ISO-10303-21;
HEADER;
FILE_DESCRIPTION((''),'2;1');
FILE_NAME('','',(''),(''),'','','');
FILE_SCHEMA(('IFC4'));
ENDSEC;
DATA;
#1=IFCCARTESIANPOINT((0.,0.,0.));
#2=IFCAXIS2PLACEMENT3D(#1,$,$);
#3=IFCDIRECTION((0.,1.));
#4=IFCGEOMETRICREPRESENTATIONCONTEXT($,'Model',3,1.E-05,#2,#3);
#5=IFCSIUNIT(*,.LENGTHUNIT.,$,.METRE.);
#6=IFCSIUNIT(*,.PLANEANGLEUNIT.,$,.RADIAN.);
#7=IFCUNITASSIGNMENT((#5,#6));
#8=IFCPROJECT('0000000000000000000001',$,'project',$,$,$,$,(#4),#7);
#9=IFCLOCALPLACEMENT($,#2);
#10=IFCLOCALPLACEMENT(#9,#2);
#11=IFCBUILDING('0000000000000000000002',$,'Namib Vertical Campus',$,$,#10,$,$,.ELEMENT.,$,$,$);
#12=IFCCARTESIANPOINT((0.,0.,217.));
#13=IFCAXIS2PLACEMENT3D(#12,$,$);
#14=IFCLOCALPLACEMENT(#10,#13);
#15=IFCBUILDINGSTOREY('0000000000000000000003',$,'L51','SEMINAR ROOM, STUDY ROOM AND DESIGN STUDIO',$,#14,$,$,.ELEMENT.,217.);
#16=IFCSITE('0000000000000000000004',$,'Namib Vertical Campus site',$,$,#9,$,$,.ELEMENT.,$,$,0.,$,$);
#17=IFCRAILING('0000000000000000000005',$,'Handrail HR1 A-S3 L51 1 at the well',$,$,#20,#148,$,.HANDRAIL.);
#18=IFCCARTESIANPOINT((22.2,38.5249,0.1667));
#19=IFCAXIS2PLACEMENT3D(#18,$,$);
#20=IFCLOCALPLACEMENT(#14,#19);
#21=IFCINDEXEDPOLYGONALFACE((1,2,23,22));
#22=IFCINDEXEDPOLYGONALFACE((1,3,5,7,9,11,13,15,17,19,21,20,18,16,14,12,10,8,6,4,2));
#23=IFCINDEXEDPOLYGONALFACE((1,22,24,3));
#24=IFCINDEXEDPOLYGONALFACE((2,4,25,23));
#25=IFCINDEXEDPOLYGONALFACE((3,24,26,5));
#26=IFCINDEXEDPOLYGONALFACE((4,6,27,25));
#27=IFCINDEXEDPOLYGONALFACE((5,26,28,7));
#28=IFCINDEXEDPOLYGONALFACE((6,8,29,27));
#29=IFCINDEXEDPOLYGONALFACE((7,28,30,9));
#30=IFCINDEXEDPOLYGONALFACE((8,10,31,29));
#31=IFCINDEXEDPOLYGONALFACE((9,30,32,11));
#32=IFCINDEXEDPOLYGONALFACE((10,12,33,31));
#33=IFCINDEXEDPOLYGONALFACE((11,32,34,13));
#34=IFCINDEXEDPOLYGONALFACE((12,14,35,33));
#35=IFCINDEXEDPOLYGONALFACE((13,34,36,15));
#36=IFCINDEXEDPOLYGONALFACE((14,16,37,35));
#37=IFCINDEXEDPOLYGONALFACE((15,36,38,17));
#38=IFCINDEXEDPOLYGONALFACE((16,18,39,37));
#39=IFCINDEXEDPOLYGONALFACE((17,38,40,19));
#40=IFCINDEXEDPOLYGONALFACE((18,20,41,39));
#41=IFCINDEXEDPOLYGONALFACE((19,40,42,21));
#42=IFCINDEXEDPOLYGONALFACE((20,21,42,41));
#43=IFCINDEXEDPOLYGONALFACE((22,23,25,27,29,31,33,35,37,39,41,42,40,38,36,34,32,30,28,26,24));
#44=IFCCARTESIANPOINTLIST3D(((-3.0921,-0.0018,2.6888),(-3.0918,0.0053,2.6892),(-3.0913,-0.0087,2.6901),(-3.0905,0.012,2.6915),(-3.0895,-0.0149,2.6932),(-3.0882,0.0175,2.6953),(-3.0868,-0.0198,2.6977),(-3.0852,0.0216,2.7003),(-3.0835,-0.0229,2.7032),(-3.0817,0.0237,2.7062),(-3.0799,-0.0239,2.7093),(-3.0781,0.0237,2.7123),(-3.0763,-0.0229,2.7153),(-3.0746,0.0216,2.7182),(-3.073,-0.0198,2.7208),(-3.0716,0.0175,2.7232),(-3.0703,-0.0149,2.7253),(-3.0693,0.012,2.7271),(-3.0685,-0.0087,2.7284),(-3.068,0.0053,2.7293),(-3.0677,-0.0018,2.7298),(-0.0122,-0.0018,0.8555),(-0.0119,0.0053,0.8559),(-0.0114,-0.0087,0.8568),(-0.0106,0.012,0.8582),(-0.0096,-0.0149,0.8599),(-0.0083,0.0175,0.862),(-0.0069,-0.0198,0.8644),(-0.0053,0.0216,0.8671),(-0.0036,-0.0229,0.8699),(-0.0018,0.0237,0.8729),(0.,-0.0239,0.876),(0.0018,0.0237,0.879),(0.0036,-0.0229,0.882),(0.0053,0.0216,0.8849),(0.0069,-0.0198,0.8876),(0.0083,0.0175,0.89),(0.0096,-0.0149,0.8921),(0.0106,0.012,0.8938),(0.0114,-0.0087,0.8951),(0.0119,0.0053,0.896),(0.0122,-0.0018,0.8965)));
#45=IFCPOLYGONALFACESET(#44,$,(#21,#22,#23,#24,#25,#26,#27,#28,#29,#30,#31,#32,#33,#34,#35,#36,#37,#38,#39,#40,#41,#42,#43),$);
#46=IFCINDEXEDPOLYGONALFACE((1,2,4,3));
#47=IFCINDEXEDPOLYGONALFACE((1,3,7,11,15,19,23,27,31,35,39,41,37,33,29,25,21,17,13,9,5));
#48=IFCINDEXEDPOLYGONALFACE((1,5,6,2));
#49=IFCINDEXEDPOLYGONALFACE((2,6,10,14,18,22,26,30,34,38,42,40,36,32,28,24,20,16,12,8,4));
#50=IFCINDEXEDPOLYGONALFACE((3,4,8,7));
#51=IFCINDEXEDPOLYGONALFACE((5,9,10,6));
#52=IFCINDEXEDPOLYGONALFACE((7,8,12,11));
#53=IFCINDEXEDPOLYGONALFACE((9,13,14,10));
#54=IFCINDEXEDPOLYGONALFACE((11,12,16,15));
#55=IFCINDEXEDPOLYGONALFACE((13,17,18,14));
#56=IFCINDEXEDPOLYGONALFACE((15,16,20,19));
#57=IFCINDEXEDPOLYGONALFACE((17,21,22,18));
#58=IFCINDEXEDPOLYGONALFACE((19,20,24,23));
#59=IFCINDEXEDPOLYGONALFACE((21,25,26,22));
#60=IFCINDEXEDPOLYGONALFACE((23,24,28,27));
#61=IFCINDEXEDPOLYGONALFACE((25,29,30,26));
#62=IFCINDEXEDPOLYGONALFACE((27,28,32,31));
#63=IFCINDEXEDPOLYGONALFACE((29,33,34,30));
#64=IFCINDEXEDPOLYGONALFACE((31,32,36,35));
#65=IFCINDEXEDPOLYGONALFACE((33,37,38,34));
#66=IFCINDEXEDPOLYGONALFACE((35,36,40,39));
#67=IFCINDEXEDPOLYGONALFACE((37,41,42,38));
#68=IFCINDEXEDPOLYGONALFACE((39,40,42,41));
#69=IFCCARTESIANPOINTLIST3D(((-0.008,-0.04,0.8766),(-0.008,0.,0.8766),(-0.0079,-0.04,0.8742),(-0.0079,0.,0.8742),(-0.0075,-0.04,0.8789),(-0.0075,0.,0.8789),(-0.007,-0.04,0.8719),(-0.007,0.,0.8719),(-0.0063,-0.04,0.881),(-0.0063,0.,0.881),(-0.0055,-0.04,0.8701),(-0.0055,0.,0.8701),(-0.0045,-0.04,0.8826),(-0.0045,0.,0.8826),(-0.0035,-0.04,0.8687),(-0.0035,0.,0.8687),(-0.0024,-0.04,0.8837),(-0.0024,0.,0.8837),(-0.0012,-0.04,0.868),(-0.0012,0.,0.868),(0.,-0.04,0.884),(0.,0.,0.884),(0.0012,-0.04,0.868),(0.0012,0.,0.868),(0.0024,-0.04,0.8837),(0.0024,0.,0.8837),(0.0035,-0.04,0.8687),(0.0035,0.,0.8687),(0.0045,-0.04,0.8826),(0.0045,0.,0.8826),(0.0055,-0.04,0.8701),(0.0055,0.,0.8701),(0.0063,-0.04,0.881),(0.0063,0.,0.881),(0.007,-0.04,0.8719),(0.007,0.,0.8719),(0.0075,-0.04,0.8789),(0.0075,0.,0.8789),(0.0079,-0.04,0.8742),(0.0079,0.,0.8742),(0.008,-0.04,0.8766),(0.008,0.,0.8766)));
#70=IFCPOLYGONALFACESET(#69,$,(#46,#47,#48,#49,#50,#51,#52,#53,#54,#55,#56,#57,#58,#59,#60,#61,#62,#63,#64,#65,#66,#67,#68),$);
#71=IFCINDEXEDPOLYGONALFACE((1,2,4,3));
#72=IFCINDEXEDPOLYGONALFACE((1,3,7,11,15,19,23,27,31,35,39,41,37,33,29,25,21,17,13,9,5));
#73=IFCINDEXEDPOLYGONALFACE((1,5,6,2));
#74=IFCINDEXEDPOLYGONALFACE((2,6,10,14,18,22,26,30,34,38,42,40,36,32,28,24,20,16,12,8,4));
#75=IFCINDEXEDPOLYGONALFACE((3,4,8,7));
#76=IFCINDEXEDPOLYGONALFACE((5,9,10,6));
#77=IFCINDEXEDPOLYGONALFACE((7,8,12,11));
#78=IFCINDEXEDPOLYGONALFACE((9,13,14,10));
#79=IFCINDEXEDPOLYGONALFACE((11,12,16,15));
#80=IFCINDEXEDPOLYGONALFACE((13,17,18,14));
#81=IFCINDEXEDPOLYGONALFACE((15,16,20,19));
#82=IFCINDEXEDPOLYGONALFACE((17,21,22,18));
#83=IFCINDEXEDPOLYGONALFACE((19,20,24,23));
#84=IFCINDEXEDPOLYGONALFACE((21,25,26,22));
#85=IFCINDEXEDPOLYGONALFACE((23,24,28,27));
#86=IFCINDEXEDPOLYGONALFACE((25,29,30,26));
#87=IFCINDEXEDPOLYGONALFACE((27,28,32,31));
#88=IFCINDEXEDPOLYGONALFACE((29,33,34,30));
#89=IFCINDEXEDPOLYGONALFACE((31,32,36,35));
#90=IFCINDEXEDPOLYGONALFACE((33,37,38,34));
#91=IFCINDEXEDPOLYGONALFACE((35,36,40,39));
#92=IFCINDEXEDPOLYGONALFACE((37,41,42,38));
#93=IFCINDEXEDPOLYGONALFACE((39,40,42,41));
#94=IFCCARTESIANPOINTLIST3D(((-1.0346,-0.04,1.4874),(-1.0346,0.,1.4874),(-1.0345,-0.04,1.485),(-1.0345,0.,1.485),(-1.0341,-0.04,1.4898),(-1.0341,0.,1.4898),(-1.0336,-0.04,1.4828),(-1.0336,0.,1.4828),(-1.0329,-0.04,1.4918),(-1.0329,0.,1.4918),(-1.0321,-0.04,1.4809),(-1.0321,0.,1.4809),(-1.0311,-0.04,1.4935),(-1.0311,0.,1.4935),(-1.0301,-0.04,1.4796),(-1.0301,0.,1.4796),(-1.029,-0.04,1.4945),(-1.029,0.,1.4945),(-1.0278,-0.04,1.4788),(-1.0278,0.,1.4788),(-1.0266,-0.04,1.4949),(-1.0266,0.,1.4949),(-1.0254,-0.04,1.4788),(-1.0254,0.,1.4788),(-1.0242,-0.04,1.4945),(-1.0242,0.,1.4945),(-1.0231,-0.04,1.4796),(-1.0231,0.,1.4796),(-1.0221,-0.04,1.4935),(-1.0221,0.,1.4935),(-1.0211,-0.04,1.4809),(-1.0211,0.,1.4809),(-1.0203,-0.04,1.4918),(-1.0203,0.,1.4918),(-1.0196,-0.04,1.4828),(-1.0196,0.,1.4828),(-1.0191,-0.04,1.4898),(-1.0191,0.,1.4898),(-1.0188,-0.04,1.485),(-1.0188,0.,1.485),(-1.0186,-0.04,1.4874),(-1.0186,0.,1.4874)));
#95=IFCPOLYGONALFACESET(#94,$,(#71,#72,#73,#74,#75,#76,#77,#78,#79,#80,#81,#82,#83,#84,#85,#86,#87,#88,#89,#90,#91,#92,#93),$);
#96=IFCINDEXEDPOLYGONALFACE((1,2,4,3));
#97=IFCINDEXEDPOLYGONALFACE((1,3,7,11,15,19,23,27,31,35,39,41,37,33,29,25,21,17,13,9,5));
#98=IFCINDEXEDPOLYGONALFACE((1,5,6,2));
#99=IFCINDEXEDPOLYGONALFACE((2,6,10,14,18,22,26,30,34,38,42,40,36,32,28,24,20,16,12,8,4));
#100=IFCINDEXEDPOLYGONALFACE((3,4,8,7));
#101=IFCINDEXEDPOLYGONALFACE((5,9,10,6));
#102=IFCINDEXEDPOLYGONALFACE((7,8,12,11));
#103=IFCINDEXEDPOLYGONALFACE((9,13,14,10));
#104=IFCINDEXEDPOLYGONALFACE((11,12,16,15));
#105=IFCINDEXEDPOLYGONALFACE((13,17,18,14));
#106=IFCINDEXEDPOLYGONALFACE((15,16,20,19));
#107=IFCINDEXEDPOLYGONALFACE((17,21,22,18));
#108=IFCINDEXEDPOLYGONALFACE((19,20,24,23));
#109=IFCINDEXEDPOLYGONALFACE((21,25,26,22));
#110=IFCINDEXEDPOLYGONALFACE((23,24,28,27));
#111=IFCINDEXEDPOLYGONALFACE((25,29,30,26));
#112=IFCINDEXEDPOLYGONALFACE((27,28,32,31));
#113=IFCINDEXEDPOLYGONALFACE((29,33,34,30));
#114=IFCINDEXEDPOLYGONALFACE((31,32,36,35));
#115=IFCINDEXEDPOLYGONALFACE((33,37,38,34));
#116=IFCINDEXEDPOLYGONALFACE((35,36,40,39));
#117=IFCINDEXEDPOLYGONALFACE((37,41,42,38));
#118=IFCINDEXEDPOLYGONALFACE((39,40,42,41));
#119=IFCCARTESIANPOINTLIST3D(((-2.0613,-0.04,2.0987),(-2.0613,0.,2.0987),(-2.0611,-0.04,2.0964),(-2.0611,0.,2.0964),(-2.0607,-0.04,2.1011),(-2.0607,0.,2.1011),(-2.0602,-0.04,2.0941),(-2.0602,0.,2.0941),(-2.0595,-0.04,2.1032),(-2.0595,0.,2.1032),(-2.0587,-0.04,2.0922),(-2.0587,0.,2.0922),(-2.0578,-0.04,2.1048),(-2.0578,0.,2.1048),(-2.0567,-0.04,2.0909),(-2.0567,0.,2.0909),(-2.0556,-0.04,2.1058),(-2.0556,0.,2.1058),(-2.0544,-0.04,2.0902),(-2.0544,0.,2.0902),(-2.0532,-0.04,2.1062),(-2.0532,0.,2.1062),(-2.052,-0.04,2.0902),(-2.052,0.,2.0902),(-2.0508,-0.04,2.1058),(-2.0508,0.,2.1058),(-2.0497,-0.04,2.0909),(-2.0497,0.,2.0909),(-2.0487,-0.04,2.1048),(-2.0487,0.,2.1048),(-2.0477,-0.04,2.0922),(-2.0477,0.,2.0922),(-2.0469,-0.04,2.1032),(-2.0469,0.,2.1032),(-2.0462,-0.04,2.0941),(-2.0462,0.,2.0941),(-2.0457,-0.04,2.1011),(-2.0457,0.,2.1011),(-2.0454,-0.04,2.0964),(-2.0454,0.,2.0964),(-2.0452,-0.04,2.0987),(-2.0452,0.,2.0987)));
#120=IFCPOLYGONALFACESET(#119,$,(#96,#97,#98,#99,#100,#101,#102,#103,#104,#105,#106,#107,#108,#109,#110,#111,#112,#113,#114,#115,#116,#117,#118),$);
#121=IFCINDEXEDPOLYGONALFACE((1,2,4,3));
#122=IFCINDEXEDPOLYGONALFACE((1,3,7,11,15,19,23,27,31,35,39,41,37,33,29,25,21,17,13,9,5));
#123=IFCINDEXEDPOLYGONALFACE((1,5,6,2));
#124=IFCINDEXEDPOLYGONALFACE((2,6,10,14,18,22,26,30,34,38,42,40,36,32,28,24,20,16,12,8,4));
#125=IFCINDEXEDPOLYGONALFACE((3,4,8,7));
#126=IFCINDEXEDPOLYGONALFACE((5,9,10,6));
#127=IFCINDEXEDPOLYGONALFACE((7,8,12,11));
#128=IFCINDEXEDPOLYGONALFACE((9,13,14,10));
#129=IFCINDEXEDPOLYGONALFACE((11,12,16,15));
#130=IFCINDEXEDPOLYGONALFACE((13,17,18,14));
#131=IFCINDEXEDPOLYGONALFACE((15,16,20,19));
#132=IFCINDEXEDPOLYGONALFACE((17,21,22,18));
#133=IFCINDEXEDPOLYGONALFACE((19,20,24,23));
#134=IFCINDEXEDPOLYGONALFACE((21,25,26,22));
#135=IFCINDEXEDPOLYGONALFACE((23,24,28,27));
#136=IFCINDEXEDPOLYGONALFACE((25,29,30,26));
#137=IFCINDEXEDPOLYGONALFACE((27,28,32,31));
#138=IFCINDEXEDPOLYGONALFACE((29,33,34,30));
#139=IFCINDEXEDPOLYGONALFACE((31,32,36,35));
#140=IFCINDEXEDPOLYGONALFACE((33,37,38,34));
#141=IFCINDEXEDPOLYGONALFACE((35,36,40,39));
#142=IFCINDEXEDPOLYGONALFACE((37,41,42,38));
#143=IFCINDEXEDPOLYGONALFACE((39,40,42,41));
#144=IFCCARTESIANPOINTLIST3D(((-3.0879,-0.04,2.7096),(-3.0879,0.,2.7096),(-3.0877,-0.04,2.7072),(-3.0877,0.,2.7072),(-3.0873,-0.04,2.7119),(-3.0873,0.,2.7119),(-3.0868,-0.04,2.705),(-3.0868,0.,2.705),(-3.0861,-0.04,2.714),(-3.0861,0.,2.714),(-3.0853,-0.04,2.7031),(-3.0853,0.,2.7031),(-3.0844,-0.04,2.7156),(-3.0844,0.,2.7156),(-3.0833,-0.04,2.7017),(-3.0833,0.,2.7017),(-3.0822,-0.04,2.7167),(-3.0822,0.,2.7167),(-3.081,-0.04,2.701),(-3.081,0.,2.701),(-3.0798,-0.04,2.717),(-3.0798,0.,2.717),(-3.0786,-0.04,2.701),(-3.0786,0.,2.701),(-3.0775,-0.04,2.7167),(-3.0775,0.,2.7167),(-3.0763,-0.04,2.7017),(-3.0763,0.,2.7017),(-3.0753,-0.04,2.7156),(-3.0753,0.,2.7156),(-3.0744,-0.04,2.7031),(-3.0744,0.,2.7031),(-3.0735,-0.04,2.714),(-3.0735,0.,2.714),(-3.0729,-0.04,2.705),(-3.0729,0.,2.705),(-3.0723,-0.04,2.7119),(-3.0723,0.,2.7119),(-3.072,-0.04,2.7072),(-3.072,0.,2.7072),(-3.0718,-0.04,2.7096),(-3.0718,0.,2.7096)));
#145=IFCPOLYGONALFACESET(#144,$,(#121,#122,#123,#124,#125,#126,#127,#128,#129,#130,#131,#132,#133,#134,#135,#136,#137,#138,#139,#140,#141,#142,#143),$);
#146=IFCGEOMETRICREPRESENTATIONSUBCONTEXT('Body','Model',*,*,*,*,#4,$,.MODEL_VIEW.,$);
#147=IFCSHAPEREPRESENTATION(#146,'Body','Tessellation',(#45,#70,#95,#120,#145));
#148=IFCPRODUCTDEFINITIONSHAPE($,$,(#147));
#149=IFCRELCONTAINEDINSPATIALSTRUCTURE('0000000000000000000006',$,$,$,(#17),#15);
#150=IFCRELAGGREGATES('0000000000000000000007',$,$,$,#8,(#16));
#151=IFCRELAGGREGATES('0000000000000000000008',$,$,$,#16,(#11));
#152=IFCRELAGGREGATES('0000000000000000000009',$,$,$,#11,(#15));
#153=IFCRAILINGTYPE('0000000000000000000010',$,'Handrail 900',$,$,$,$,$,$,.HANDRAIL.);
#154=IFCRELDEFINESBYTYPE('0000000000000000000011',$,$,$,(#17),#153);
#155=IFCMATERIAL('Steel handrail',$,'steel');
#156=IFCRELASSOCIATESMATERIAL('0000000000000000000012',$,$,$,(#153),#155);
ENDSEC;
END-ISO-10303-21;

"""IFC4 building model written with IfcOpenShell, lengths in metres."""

from ifc_helpers import new_model, si_unit, direction, frame, origin, origin_2d, place, context, subcontext, project, spatial, circle, extrude, material, type_object, element, save


model = new_model("IFC4")

# Units and contexts
model_context = context("Model", 3, precision=1e-05, world=origin(), true_north=direction((0.0, 1.0)))
body_context = subcontext(model_context, "Body", "Model", "MODEL_VIEW")
ifc_project = project(units=[si_unit("LENGTHUNIT", "METRE"), si_unit("PLANEANGLEUNIT", "RADIAN")], contexts=[model_context])

# Site, building, storey
site_placement = place(None, origin())
site = spatial("IfcSite", under=ifc_project, at=site_placement, Name="Namib Vertical Campus site", CompositionType="ELEMENT", RefElevation=0.0)
building_placement = place(site_placement, origin())
building = spatial("IfcBuilding", under=site, at=building_placement, Name="Namib Vertical Campus", CompositionType="ELEMENT")
storey_placement = place(building_placement, frame((0.0, 0.0, 217.0)))
storey = spatial("IfcBuildingStorey", under=building, at=storey_placement, Name="L51", Description="SEMINAR ROOM, STUDY ROOM AND DESIGN STUDIO", CompositionType="ELEMENT", Elevation=217.0)

# Railing
ifc_material_1 = material(Name="Steel handrail", Category="steel")
railing_type_1 = type_object("IfcRailingType", Name="Handrail 900", PredefinedType="HANDRAIL", material=ifc_material_1)
railing_1_placement = place(storey_placement, frame((22.2, 38.5249, 0.1667)))
element("IfcRailing", 1, at=railing_1_placement, inside=storey, type_object=railing_type_1, Name="Handrail HR1 A-S3 L51 1 at the well", PredefinedType="HANDRAIL", context=body_context, shape_type="SweptSolid", body=[
    extrude(circle(Radius=0.0239, at=origin_2d()), frame((0.0, 0.0, 0.876), z_axis=(-0.859291, 0.0, 0.511487), x_axis=(0.0, -1.0, 0.0)), (0.0, 0.0, 1.0), 3.5842),
    extrude(circle(Radius=0.0081, at=origin_2d()), frame((0.0, 0.0, 0.876), z_axis=(0.0, -1.0, 0.0), x_axis=(0.0, 0.0, 1.0)), (0.0, 0.0, 1.0), 0.04),
    extrude(circle(Radius=0.0081, at=origin_2d()), frame((-1.0266, 0.0, 1.4868), z_axis=(0.0, -1.0, 0.0), x_axis=(0.0, 0.0, 1.0)), (0.0, 0.0, 1.0), 0.04),
    extrude(circle(Radius=0.0081, at=origin_2d()), frame((-2.0532, 0.0, 2.0981), z_axis=(0.0, -1.0, 0.0), x_axis=(0.0, 0.0, 1.0)), (0.0, 0.0, 1.0), 0.04),
    extrude(circle(Radius=0.0081, at=origin_2d()), frame((-3.0798, 0.0, 2.709), z_axis=(0.0, -1.0, 0.0), x_axis=(0.0, 0.0, 1.0)), (0.0, 0.0, 1.0), 0.04),
])

save(model, "model.ifc")
